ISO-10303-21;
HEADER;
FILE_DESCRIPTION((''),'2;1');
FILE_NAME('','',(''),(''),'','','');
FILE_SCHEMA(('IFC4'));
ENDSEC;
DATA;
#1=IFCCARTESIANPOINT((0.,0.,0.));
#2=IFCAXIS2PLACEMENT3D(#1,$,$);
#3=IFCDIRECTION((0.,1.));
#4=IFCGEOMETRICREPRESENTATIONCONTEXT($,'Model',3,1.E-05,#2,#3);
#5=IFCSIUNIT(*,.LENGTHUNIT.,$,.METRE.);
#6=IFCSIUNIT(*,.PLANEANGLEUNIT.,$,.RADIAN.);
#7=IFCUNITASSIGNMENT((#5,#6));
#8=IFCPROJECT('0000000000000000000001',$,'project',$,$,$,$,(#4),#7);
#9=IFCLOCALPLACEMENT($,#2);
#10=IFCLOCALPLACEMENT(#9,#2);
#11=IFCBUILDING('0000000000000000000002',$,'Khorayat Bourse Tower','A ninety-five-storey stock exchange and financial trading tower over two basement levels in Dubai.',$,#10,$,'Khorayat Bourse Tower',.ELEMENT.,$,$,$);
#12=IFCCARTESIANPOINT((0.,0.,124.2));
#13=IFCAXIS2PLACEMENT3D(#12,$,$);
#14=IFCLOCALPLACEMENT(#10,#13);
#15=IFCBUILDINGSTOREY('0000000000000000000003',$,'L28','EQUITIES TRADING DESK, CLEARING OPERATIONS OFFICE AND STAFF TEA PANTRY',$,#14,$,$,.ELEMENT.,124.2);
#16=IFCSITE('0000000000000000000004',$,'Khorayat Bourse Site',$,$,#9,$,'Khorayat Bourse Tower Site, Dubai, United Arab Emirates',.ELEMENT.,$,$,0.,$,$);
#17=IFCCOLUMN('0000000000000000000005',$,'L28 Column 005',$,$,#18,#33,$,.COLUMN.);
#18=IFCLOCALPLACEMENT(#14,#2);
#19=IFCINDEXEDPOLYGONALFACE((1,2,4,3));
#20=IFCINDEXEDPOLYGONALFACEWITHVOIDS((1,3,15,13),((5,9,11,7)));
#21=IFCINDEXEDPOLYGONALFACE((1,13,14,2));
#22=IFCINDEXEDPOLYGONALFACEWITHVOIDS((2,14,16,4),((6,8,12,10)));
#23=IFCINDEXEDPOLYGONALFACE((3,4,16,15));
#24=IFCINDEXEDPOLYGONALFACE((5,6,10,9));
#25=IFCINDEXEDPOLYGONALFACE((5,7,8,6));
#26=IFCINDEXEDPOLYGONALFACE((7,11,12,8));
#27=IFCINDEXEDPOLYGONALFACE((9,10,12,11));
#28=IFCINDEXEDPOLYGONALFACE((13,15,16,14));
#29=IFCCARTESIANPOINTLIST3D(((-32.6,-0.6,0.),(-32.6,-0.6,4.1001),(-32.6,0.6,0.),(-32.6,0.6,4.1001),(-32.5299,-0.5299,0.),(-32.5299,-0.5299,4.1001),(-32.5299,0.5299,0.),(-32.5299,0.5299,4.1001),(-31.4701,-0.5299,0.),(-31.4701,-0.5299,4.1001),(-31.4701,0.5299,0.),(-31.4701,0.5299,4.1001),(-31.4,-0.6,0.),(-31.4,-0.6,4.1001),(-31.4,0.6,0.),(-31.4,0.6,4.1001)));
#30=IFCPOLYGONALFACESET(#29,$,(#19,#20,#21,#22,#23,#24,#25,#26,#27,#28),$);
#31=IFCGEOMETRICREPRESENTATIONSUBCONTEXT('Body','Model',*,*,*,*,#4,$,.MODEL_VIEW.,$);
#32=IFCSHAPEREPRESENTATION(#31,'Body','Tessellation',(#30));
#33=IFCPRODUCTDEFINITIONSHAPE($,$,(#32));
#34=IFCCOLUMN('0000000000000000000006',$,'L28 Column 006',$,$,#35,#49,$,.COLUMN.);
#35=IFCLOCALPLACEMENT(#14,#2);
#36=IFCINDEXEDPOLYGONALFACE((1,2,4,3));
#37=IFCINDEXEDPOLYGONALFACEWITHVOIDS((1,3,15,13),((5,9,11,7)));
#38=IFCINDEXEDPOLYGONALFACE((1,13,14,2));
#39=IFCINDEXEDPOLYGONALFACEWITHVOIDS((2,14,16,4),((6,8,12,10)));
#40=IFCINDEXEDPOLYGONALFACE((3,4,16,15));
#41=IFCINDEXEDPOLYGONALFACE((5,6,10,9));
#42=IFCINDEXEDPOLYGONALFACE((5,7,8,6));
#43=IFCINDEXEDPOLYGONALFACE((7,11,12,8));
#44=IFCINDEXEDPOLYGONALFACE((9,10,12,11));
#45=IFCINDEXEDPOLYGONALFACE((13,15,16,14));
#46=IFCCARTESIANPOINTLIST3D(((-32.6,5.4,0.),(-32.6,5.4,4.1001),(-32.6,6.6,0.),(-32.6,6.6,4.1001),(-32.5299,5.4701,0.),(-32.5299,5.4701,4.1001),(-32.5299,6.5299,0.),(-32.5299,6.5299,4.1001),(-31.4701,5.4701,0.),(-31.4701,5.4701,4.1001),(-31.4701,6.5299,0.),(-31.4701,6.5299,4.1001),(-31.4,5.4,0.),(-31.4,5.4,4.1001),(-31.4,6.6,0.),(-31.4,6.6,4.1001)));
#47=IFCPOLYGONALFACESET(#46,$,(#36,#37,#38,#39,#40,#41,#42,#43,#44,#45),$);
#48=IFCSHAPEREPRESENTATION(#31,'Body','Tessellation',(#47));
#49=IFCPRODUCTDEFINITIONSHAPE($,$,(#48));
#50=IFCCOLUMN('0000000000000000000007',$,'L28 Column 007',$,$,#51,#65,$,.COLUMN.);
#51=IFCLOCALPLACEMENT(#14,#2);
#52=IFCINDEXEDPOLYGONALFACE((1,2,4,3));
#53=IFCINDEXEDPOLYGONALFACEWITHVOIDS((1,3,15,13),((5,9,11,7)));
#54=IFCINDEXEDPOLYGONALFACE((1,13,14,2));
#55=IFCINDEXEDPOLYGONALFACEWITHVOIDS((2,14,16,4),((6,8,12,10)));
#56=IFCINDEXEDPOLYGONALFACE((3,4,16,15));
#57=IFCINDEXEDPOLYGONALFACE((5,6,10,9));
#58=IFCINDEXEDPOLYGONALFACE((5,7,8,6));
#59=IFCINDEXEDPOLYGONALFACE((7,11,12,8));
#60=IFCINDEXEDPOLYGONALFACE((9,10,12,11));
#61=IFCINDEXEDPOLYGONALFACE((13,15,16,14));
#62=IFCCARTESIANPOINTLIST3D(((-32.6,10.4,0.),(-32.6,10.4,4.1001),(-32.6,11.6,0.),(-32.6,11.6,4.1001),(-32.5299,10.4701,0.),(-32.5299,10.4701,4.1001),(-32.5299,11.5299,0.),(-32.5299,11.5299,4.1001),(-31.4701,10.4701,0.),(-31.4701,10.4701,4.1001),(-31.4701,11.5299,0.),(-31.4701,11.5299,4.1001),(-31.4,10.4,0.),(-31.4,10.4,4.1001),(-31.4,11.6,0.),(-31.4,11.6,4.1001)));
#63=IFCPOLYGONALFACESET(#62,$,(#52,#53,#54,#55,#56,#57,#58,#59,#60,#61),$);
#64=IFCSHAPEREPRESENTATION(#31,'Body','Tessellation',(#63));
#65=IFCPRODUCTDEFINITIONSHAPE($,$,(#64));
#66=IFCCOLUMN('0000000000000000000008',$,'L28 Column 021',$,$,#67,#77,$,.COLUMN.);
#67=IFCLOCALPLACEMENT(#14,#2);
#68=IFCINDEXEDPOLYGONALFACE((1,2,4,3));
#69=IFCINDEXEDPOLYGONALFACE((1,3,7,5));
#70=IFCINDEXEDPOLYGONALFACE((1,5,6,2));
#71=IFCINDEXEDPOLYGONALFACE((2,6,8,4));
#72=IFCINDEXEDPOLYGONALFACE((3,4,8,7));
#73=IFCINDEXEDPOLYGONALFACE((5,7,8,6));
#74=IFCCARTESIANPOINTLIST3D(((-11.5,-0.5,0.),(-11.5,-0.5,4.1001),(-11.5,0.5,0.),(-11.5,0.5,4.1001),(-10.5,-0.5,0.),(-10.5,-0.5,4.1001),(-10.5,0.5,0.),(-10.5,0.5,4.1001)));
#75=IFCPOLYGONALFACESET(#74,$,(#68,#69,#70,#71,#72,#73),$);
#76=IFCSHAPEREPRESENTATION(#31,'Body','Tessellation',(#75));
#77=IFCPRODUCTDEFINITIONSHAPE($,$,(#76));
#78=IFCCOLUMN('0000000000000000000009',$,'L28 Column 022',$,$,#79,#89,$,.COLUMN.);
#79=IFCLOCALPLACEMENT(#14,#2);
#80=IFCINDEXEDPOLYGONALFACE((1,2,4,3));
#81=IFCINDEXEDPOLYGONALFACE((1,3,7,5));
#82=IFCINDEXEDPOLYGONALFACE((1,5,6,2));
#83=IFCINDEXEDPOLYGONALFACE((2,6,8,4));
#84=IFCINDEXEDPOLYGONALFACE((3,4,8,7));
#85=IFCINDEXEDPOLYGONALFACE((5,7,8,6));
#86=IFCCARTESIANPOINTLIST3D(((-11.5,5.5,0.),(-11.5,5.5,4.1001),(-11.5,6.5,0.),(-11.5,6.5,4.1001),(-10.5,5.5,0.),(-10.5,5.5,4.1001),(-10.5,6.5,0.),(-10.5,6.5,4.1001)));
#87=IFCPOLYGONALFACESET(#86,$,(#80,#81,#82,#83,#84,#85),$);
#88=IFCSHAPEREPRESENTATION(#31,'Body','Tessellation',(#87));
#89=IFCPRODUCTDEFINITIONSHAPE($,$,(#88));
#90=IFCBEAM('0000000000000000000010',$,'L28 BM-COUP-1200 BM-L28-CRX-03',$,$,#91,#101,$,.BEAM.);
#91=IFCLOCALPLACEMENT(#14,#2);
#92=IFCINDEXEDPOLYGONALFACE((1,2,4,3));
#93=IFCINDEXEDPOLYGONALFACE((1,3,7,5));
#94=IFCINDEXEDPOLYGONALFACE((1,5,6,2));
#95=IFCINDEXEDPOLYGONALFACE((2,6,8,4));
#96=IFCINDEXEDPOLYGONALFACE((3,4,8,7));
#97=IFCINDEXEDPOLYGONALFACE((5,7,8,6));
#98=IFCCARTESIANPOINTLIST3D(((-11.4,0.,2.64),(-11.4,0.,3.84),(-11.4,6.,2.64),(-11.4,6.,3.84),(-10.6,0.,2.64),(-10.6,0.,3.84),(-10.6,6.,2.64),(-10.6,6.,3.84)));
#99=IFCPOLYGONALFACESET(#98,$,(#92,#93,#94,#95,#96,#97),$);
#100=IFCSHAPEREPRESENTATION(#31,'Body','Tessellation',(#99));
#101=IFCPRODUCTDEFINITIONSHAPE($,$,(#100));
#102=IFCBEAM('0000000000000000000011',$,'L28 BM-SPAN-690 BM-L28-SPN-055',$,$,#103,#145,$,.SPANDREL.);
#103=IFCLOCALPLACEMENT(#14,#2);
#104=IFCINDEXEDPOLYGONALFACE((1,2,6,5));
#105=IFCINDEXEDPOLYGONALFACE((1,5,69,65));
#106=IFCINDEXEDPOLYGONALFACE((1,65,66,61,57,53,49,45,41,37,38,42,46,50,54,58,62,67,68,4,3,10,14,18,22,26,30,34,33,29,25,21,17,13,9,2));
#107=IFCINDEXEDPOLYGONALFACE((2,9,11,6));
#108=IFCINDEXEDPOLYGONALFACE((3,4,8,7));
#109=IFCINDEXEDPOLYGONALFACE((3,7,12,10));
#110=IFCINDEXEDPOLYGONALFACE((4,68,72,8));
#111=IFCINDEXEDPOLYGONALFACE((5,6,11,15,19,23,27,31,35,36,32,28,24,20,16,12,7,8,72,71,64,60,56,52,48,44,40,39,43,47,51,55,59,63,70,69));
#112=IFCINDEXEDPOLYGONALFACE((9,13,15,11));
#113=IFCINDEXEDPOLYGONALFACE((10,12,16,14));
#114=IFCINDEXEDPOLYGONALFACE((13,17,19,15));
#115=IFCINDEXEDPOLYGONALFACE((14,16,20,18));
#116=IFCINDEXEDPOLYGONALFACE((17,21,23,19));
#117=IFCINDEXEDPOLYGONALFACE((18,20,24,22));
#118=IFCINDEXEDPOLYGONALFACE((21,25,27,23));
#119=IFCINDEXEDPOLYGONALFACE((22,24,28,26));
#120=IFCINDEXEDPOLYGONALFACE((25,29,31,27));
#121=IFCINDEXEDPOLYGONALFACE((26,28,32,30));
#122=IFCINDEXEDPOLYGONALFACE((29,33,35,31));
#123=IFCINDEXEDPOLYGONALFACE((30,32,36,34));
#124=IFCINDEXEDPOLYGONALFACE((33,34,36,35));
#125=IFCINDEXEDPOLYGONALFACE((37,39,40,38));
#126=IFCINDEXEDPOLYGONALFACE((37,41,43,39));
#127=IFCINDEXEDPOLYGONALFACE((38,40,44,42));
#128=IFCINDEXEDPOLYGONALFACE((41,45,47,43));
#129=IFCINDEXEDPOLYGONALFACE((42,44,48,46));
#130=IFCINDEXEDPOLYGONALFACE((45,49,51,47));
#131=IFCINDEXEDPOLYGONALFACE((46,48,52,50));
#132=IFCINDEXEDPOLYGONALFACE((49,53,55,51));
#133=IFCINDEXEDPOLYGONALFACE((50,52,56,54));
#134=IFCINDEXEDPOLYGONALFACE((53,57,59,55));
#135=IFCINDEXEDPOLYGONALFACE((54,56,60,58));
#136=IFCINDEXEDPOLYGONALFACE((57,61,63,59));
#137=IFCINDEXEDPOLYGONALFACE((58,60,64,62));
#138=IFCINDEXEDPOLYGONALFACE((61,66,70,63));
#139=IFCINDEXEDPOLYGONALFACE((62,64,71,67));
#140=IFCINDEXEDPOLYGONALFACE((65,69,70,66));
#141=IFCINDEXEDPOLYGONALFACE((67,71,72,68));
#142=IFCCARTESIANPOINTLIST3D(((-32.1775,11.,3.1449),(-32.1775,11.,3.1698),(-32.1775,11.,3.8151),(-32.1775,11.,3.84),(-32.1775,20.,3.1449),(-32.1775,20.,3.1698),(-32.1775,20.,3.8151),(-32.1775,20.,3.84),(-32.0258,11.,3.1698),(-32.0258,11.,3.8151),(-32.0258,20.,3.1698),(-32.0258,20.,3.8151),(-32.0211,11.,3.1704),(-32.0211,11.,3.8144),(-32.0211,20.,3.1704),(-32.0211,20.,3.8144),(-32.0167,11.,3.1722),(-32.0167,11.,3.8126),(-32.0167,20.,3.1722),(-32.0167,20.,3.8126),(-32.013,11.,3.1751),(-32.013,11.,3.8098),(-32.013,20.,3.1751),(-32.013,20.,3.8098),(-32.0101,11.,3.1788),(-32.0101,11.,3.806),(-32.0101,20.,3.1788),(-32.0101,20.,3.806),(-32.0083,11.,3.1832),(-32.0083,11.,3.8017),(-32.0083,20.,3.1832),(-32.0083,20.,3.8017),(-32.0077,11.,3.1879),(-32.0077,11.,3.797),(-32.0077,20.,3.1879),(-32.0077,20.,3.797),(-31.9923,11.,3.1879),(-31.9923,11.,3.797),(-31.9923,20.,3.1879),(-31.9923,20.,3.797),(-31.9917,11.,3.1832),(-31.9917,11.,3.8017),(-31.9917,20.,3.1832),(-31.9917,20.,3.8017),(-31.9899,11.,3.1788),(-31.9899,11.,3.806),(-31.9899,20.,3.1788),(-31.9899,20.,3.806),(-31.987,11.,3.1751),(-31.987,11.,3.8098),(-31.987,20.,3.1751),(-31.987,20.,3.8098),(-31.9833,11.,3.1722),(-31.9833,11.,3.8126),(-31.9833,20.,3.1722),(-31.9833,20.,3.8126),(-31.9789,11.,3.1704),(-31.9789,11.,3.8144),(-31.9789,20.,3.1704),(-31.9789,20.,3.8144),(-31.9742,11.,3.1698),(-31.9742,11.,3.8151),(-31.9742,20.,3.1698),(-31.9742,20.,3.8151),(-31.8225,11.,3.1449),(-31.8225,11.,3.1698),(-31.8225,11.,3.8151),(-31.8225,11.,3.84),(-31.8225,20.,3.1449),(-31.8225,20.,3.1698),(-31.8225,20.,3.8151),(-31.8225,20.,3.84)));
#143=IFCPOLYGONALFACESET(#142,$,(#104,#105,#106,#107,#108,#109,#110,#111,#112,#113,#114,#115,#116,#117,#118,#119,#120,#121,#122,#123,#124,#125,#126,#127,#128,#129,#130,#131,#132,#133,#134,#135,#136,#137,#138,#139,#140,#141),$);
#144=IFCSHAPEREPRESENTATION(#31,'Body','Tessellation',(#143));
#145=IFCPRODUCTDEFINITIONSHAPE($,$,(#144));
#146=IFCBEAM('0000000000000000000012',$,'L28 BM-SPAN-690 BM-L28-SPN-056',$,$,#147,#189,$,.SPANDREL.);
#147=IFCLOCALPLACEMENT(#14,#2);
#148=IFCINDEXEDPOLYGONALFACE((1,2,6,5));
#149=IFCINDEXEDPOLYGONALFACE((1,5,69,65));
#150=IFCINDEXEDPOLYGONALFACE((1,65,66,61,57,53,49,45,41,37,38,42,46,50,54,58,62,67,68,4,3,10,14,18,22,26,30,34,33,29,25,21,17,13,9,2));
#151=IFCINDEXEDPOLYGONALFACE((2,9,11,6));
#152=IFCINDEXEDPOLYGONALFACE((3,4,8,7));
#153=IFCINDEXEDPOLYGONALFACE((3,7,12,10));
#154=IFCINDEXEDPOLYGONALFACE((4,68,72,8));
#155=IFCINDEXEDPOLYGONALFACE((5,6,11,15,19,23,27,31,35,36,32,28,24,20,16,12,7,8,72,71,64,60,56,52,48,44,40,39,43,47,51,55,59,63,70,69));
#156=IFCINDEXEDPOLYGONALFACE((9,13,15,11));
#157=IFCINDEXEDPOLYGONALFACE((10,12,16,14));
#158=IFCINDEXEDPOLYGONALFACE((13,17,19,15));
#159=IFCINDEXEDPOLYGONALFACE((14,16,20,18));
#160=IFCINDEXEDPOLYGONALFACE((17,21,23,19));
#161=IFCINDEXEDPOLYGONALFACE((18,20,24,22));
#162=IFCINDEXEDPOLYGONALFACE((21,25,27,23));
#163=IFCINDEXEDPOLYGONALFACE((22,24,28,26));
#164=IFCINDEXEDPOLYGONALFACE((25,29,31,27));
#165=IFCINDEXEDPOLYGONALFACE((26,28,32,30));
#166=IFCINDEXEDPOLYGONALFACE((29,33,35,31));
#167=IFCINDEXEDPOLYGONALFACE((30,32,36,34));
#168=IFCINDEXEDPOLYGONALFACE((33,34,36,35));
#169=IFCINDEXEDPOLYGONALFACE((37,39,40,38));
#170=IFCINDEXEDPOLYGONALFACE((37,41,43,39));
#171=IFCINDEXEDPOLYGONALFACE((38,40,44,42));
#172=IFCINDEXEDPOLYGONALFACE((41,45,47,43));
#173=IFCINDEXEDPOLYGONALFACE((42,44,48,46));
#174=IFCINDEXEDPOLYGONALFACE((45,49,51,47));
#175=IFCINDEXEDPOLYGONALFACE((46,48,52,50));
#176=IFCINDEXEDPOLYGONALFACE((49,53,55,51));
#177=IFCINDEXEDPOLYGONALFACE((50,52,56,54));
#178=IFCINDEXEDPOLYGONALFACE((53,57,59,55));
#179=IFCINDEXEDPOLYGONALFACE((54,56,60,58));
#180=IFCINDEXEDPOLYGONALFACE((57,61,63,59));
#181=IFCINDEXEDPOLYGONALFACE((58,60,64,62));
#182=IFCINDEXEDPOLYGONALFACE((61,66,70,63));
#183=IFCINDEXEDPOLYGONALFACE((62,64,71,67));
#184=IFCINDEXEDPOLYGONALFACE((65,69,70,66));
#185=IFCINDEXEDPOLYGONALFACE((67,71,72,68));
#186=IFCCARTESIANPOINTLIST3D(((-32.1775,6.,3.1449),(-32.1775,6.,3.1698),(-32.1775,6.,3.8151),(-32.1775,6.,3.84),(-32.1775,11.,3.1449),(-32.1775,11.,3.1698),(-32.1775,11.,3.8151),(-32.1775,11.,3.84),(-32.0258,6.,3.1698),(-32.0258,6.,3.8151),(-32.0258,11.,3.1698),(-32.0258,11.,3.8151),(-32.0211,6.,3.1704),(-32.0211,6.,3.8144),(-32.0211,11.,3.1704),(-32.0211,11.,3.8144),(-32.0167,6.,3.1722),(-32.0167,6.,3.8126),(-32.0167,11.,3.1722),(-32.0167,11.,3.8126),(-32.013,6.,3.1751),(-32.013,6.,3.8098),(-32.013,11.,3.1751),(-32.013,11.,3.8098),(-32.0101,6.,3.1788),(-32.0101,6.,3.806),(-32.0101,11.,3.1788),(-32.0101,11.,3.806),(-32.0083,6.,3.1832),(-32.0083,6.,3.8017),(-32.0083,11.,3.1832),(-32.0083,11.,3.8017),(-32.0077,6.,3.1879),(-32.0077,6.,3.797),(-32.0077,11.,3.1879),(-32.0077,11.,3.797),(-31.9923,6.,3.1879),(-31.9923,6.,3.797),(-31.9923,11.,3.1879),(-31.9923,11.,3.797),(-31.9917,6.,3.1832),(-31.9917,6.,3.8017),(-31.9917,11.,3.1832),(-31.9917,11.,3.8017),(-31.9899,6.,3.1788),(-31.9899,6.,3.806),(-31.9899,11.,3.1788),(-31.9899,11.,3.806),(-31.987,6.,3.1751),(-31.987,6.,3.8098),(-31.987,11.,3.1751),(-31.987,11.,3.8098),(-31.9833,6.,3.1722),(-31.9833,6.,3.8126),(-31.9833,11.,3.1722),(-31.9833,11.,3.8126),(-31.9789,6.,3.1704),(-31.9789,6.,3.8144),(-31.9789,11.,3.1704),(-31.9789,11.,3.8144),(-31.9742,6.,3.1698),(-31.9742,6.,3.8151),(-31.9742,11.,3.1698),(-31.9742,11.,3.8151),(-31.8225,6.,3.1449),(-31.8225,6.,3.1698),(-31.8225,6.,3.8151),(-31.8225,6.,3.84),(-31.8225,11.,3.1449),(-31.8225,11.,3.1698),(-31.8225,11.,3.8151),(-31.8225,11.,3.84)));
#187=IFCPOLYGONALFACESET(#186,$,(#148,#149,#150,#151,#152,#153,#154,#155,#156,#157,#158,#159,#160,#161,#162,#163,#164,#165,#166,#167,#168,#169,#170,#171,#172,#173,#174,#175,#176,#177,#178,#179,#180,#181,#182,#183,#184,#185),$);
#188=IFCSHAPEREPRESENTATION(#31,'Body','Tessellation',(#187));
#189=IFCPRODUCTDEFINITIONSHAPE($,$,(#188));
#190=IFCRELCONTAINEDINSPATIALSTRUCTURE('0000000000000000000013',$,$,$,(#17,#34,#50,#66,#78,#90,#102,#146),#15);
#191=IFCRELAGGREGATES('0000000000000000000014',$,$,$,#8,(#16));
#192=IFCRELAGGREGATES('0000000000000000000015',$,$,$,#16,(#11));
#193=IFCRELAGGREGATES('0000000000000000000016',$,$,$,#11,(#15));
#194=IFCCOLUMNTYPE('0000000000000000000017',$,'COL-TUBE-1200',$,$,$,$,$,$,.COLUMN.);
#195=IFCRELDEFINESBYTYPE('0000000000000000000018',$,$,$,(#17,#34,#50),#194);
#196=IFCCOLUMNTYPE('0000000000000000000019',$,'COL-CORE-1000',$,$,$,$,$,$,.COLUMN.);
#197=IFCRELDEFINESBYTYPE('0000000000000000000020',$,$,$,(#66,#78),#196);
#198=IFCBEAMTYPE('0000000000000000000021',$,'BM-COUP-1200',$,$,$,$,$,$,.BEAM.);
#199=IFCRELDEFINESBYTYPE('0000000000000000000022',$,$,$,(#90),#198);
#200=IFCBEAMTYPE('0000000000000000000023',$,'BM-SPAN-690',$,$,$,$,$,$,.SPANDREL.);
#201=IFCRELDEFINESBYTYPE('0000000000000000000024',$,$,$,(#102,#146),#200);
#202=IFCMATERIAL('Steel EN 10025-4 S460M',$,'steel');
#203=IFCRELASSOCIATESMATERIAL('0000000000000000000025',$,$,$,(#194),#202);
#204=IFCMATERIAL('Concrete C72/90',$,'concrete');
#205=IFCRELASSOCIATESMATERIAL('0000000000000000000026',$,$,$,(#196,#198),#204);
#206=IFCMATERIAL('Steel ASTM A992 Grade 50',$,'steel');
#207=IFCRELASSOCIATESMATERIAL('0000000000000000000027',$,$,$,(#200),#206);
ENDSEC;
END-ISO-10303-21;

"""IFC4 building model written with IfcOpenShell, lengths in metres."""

from ifc_helpers import new_model, si_unit, direction, frame, origin, origin_2d, place, context, subcontext, project, spatial, rectangle, hollow_rectangle, i_section, extrude, source, transform, mapped, material, material_profile, profile_set, type_object, element, save


model = new_model("IFC4")

# Units and contexts
model_context = context("Model", 3, precision=1e-05, world=origin(), true_north=direction((0.0, 1.0)))
body_context = subcontext(model_context, "Body", "Model", "MODEL_VIEW")
ifc_project = project(units=[si_unit("LENGTHUNIT", "METRE"), si_unit("PLANEANGLEUNIT", "RADIAN")], contexts=[model_context])

# Site, building, storey
site_placement = place(None, origin())
site = spatial("IfcSite", under=ifc_project, at=site_placement, Name="Khorayat Bourse Site", LongName="Khorayat Bourse Tower Site, Dubai, United Arab Emirates", CompositionType="ELEMENT", RefElevation=0.0)
building_placement = place(site_placement, origin())
building = spatial("IfcBuilding", under=site, at=building_placement, Name="Khorayat Bourse Tower", Description="A ninety-five-storey stock exchange and financial trading tower over two basement levels in Dubai.", LongName="Khorayat Bourse Tower", CompositionType="ELEMENT")
storey_placement = place(building_placement, frame((0.0, 0.0, 124.2)))
storey = spatial("IfcBuildingStorey", under=building, at=storey_placement, Name="L28", Description="EQUITIES TRADING DESK, CLEARING OPERATIONS OFFICE AND STAFF TEA PANTRY", CompositionType="ELEMENT", Elevation=124.2)

# Columns
ifc_material_1 = material(Name="Steel EN 10025-4 S460M", Category="steel")
ifc_material_profile_1 = material_profile(ifc_material_1, hollow_rectangle(XDim=1.2, YDim=1.2, WallThickness=0.0701, at=origin_2d()), Name="BOX 1200x1200x70")
ifc_profile_set_1 = profile_set([ifc_material_profile_1], Name="Steel EN 10025-4 S460M")
column_type_1 = type_object("IfcColumnType", Name="COL-TUBE-1200", PredefinedType="COLUMN", material=ifc_profile_set_1)
shared_shape_1 = source(origin(), body_context, "Body", "SweptSolid", [
    extrude(hollow_rectangle(XDim=1.2, YDim=1.2, WallThickness=0.0701, at=origin_2d()), origin(), (0.0, 0.0, 1.0), 4.1001),
])
for number, where, z_axis, x_axis, name in (
    (1, (-32.0, 0.0, 0.0), (0.0, 0.0, 1.0), (1.0, 0.0, 0.0), "L28 Column 005"),
    (2, (-32.0, 6.0, 0.0), (0.0, 0.0, 1.0), (1.0, 0.0, 0.0), "L28 Column 006"),
    (3, (-32.0, 11.0, 0.0), (0.0, 0.0, 1.0), (1.0, 0.0, 0.0), "L28 Column 007"),
):
    element("IfcColumn", number, at=place(storey_placement, frame(where, z_axis=z_axis, x_axis=x_axis)), inside=storey, type_object=column_type_1, Name=name, PredefinedType="COLUMN", context=body_context, shape_type="MappedRepresentation", body=[
        mapped(shared_shape_1, transform((0.0, 0.0, 0.0), scale=1.0)),
    ])
ifc_material_2 = material(Name="Concrete C72/90", Category="concrete")
ifc_material_profile_2 = material_profile(ifc_material_2, rectangle(XDim=1.0, YDim=1.0, at=origin_2d()), Name="RC 1000x1000")
ifc_profile_set_2 = profile_set([ifc_material_profile_2], Name="Concrete C72/90")
column_type_2 = type_object("IfcColumnType", Name="COL-CORE-1000", PredefinedType="COLUMN", material=ifc_profile_set_2)
shared_shape_2 = source(origin(), body_context, "Body", "SweptSolid", [
    extrude(rectangle(XDim=1.0, YDim=1.0, at=origin_2d()), origin(), (0.0, 0.0, 1.0), 4.1001),
])
for number, where, z_axis, x_axis, name in (
    (4, (-11.0, 0.0, 0.0), (0.0, 0.0, 1.0), (1.0, 0.0, 0.0), "L28 Column 021"),
    (5, (-11.0, 6.0, 0.0), (0.0, 0.0, 1.0), (1.0, 0.0, 0.0), "L28 Column 022"),
):
    element("IfcColumn", number, at=place(storey_placement, frame(where, z_axis=z_axis, x_axis=x_axis)), inside=storey, type_object=column_type_2, Name=name, PredefinedType="COLUMN", context=body_context, shape_type="MappedRepresentation", body=[
        mapped(shared_shape_2, transform((0.0, 0.0, 0.0), scale=1.0)),
    ])

# Beams
ifc_material_profile_3 = material_profile(ifc_material_2, rectangle(XDim=0.8, YDim=1.2, at=origin_2d()), Name="RC 800x1200")
ifc_profile_set_3 = profile_set([ifc_material_profile_3], Name="Concrete C72/90")
beam_type_1 = type_object("IfcBeamType", Name="BM-COUP-1200", PredefinedType="BEAM", material=ifc_profile_set_3)
shared_shape_3 = source(origin(), body_context, "Body", "SweptSolid", [
    extrude(rectangle(XDim=0.8, YDim=1.2, at=origin_2d()), origin(), (0.0, 0.0, 1.0), 6.0),
])
beam_1_placement = place(storey_placement, frame((-11.0, 0.0, 3.24), z_axis=(0.0, 1.0, 0.0), x_axis=(-1.0, 0.0, 0.0)))
element("IfcBeam", 6, at=beam_1_placement, inside=storey, type_object=beam_type_1, Name="L28 BM-COUP-1200 BM-L28-CRX-03", PredefinedType="BEAM", context=body_context, shape_type="MappedRepresentation", body=[
    mapped(shared_shape_3, transform((0.0, 0.0, 0.0), scale=1.0)),
])
ifc_material_3 = material(Name="Steel ASTM A992 Grade 50", Category="steel")
ifc_material_profile_4 = material_profile(ifc_material_3, i_section(OverallWidth=0.355, OverallDepth=0.6951, WebThickness=0.0154, FlangeThickness=0.0249, FilletRadius=0.0181, at=origin_2d()), Name="W690X217")
ifc_profile_set_4 = profile_set([ifc_material_profile_4], Name="Steel ASTM A992 Grade 50")
beam_type_2 = type_object("IfcBeamType", Name="BM-SPAN-690", PredefinedType="SPANDREL", material=ifc_profile_set_4)
shared_shape_4 = source(origin(), body_context, "Body", "SweptSolid", [
    extrude(i_section(OverallWidth=0.355, OverallDepth=0.6951, WebThickness=0.0154, FlangeThickness=0.0249, FilletRadius=0.0181, at=origin_2d()), origin(), (0.0, 0.0, 1.0), 9.0),
])
beam_2_placement = place(storey_placement, frame((-32.0, 11.0, 3.4924), z_axis=(0.0, 1.0, 0.0), x_axis=(-1.0, 0.0, 0.0)))
element("IfcBeam", 7, at=beam_2_placement, inside=storey, type_object=beam_type_2, Name="L28 BM-SPAN-690 BM-L28-SPN-055", PredefinedType="SPANDREL", context=body_context, shape_type="MappedRepresentation", body=[
    mapped(shared_shape_4, transform((0.0, 0.0, 0.0), scale=1.0)),
])
shared_shape_5 = source(origin(), body_context, "Body", "SweptSolid", [
    extrude(i_section(OverallWidth=0.355, OverallDepth=0.6951, WebThickness=0.0154, FlangeThickness=0.0249, FilletRadius=0.0181, at=origin_2d()), origin(), (0.0, 0.0, 1.0), 5.0),
])
beam_3_placement = place(storey_placement, frame((-32.0, 6.0, 3.4924), z_axis=(0.0, 1.0, 0.0), x_axis=(-1.0, 0.0, 0.0)))
element("IfcBeam", 8, at=beam_3_placement, inside=storey, type_object=beam_type_2, Name="L28 BM-SPAN-690 BM-L28-SPN-056", PredefinedType="SPANDREL", context=body_context, shape_type="MappedRepresentation", body=[
    mapped(shared_shape_5, transform((0.0, 0.0, 0.0), scale=1.0)),
])

save(model, "model.ifc")
